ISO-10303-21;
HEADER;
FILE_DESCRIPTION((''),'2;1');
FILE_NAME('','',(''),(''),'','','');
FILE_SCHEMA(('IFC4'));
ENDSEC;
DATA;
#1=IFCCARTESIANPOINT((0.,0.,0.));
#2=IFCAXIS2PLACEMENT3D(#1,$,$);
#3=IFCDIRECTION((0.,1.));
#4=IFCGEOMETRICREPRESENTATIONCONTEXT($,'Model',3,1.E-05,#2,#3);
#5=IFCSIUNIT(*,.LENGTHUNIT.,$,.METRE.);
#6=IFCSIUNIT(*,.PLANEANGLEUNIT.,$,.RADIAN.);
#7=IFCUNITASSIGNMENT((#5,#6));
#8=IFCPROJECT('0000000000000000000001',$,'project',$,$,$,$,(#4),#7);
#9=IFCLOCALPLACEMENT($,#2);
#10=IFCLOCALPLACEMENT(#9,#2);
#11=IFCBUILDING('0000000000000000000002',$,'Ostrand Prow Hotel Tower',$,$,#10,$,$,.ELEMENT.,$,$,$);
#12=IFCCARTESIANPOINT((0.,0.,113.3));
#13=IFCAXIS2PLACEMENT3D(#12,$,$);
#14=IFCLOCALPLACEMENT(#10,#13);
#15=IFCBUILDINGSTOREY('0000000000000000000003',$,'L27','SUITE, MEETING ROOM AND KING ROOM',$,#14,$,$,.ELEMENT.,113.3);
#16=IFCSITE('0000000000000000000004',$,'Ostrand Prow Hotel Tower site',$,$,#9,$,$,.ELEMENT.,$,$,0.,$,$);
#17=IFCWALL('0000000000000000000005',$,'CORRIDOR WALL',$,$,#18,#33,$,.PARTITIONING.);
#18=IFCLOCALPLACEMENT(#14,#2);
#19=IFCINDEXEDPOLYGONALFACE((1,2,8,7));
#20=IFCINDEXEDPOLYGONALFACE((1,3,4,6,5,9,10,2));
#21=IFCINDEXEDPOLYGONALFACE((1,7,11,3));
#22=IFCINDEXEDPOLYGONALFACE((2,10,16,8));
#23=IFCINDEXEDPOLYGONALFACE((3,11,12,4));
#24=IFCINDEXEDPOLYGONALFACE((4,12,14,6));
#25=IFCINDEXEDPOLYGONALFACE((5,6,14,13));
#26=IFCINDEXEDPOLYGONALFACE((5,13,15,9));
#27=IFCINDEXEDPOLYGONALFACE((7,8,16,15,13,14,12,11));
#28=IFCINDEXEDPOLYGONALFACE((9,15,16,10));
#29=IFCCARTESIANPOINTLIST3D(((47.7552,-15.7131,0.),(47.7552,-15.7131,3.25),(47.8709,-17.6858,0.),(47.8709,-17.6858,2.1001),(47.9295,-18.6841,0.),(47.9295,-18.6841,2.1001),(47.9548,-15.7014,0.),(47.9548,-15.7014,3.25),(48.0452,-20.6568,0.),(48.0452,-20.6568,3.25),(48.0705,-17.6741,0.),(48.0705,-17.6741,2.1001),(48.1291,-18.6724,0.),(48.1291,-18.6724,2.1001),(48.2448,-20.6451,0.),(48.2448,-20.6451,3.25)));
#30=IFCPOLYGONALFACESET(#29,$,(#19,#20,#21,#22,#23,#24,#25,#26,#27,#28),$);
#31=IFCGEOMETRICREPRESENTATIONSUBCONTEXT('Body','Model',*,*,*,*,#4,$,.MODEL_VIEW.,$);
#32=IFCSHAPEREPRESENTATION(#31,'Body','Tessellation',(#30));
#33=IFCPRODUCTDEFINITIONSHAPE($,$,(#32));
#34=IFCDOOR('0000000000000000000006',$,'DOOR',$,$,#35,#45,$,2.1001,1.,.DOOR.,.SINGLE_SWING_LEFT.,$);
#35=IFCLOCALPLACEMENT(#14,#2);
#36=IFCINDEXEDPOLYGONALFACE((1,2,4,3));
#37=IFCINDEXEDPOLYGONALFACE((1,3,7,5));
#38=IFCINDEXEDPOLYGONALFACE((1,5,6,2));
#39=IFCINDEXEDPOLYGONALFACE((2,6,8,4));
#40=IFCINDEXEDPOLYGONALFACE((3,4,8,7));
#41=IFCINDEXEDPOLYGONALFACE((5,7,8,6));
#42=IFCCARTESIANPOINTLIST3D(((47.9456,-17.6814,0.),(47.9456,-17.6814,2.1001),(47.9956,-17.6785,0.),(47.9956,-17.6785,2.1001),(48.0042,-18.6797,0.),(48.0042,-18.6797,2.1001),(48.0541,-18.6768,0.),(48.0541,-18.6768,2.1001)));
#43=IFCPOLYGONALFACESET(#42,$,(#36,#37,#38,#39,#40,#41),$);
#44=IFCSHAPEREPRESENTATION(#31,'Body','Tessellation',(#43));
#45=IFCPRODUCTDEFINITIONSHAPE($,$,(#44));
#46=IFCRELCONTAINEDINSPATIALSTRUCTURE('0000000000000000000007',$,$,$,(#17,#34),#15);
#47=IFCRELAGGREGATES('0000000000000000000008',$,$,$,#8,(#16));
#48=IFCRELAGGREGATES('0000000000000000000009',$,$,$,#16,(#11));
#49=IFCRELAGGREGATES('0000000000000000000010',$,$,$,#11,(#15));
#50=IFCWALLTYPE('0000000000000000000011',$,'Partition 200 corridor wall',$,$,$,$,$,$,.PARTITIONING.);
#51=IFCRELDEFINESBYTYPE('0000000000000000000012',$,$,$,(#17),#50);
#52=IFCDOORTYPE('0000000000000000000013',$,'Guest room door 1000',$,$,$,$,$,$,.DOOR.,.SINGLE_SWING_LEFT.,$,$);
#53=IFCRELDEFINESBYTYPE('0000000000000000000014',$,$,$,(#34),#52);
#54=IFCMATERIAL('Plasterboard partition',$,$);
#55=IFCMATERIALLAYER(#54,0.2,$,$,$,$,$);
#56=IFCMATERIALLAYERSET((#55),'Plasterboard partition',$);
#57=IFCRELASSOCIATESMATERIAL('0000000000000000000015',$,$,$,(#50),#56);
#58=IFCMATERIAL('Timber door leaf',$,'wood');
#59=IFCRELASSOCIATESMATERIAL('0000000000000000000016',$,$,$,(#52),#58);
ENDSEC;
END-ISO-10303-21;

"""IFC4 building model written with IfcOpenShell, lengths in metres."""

from ifc_helpers import new_model, si_unit, direction, frame, frame_2d, origin, place, context, subcontext, project, spatial, rectangle, extrude, material, layer, layer_set, type_object, element, fill, save


model = new_model("IFC4")

# Units and contexts
model_context = context("Model", 3, precision=1e-05, world=origin(), true_north=direction((0.0, 1.0)))
body_context = subcontext(model_context, "Body", "Model", "MODEL_VIEW")
ifc_project = project(units=[si_unit("LENGTHUNIT", "METRE"), si_unit("PLANEANGLEUNIT", "RADIAN")], contexts=[model_context])

# Site, building, storey
site_placement = place(None, origin())
site = spatial("IfcSite", under=ifc_project, at=site_placement, Name="Ostrand Prow Hotel Tower site", CompositionType="ELEMENT", RefElevation=0.0)
building_placement = place(site_placement, origin())
building = spatial("IfcBuilding", under=site, at=building_placement, Name="Ostrand Prow Hotel Tower", CompositionType="ELEMENT")
storey_placement = place(building_placement, frame((0.0, 0.0, 113.3)))
storey = spatial("IfcBuildingStorey", under=building, at=storey_placement, Name="L27", Description="SUITE, MEETING ROOM AND KING ROOM", CompositionType="ELEMENT", Elevation=113.3)

# Shared definitions
ifc_material_1 = material(Name="Plasterboard partition")
ifc_layer_1 = layer(ifc_material_1, 0.2)
ifc_layer_set_1 = layer_set([ifc_layer_1], Name="Plasterboard partition")
wall_type_1 = type_object("IfcWallType", Name="Partition 200 corridor wall", PredefinedType="PARTITIONING", material=ifc_layer_set_1)

# Wall, opening, door
wall_1_placement = place(storey_placement, frame((47.855, -15.7073, 0.0), z_axis=(0.0, 0.0, 1.0), x_axis=(0.058569, -0.998283, 0.0)))
wall_1 = element("IfcWall", 1, at=wall_1_placement, inside=storey, type_object=wall_type_1, Name="CORRIDOR WALL", PredefinedType="PARTITIONING", context=body_context, shape_type="SweptSolid", body=[
    extrude(rectangle(XDim=4.9521, YDim=0.2, at=frame_2d((2.4761, 0.0))), origin(), (0.0, 0.0, 1.0), 3.25),
])
opening_1_placement = place(wall_1_placement, frame((1.9761, 0.0, 0.0)))
opening_1 = element("IfcOpeningElement", 2, at=opening_1_placement, cuts=wall_1, PredefinedType="OPENING", context=body_context, shape_type="SweptSolid", body=[
    extrude(rectangle(XDim=1.0, YDim=2.1001, at=frame_2d((0.5, 1.05))), frame((0.0, 0.1099, 0.0), z_axis=(0.0, -1.0, 0.0), x_axis=(1.0, 0.0, 0.0)), (0.0, 0.0, 1.0), 0.22),
])
ifc_material_2 = material(Name="Timber door leaf", Category="wood")
door_type_1 = type_object("IfcDoorType", Name="Guest room door 1000", OperationType="SINGLE_SWING_LEFT", PredefinedType="DOOR", material=ifc_material_2)
door_1_placement = place(opening_1_placement, origin())
door_1 = element("IfcDoor", 3, at=door_1_placement, inside=storey, type_object=door_type_1, Name="DOOR", OperationType="SINGLE_SWING_LEFT", OverallHeight=2.1001, OverallWidth=1.0, PredefinedType="DOOR", context=body_context, shape_type="SweptSolid", body=[
    extrude(rectangle(XDim=1.0, YDim=2.1001, at=frame_2d((0.5, 1.05))), frame((0.0, 0.0249, 0.0), z_axis=(0.0, -1.0, 0.0), x_axis=(1.0, 0.0, 0.0)), (0.0, 0.0, 1.0), 0.05),
])
fill(opening_1, door_1)

save(model, "model.ifc")
